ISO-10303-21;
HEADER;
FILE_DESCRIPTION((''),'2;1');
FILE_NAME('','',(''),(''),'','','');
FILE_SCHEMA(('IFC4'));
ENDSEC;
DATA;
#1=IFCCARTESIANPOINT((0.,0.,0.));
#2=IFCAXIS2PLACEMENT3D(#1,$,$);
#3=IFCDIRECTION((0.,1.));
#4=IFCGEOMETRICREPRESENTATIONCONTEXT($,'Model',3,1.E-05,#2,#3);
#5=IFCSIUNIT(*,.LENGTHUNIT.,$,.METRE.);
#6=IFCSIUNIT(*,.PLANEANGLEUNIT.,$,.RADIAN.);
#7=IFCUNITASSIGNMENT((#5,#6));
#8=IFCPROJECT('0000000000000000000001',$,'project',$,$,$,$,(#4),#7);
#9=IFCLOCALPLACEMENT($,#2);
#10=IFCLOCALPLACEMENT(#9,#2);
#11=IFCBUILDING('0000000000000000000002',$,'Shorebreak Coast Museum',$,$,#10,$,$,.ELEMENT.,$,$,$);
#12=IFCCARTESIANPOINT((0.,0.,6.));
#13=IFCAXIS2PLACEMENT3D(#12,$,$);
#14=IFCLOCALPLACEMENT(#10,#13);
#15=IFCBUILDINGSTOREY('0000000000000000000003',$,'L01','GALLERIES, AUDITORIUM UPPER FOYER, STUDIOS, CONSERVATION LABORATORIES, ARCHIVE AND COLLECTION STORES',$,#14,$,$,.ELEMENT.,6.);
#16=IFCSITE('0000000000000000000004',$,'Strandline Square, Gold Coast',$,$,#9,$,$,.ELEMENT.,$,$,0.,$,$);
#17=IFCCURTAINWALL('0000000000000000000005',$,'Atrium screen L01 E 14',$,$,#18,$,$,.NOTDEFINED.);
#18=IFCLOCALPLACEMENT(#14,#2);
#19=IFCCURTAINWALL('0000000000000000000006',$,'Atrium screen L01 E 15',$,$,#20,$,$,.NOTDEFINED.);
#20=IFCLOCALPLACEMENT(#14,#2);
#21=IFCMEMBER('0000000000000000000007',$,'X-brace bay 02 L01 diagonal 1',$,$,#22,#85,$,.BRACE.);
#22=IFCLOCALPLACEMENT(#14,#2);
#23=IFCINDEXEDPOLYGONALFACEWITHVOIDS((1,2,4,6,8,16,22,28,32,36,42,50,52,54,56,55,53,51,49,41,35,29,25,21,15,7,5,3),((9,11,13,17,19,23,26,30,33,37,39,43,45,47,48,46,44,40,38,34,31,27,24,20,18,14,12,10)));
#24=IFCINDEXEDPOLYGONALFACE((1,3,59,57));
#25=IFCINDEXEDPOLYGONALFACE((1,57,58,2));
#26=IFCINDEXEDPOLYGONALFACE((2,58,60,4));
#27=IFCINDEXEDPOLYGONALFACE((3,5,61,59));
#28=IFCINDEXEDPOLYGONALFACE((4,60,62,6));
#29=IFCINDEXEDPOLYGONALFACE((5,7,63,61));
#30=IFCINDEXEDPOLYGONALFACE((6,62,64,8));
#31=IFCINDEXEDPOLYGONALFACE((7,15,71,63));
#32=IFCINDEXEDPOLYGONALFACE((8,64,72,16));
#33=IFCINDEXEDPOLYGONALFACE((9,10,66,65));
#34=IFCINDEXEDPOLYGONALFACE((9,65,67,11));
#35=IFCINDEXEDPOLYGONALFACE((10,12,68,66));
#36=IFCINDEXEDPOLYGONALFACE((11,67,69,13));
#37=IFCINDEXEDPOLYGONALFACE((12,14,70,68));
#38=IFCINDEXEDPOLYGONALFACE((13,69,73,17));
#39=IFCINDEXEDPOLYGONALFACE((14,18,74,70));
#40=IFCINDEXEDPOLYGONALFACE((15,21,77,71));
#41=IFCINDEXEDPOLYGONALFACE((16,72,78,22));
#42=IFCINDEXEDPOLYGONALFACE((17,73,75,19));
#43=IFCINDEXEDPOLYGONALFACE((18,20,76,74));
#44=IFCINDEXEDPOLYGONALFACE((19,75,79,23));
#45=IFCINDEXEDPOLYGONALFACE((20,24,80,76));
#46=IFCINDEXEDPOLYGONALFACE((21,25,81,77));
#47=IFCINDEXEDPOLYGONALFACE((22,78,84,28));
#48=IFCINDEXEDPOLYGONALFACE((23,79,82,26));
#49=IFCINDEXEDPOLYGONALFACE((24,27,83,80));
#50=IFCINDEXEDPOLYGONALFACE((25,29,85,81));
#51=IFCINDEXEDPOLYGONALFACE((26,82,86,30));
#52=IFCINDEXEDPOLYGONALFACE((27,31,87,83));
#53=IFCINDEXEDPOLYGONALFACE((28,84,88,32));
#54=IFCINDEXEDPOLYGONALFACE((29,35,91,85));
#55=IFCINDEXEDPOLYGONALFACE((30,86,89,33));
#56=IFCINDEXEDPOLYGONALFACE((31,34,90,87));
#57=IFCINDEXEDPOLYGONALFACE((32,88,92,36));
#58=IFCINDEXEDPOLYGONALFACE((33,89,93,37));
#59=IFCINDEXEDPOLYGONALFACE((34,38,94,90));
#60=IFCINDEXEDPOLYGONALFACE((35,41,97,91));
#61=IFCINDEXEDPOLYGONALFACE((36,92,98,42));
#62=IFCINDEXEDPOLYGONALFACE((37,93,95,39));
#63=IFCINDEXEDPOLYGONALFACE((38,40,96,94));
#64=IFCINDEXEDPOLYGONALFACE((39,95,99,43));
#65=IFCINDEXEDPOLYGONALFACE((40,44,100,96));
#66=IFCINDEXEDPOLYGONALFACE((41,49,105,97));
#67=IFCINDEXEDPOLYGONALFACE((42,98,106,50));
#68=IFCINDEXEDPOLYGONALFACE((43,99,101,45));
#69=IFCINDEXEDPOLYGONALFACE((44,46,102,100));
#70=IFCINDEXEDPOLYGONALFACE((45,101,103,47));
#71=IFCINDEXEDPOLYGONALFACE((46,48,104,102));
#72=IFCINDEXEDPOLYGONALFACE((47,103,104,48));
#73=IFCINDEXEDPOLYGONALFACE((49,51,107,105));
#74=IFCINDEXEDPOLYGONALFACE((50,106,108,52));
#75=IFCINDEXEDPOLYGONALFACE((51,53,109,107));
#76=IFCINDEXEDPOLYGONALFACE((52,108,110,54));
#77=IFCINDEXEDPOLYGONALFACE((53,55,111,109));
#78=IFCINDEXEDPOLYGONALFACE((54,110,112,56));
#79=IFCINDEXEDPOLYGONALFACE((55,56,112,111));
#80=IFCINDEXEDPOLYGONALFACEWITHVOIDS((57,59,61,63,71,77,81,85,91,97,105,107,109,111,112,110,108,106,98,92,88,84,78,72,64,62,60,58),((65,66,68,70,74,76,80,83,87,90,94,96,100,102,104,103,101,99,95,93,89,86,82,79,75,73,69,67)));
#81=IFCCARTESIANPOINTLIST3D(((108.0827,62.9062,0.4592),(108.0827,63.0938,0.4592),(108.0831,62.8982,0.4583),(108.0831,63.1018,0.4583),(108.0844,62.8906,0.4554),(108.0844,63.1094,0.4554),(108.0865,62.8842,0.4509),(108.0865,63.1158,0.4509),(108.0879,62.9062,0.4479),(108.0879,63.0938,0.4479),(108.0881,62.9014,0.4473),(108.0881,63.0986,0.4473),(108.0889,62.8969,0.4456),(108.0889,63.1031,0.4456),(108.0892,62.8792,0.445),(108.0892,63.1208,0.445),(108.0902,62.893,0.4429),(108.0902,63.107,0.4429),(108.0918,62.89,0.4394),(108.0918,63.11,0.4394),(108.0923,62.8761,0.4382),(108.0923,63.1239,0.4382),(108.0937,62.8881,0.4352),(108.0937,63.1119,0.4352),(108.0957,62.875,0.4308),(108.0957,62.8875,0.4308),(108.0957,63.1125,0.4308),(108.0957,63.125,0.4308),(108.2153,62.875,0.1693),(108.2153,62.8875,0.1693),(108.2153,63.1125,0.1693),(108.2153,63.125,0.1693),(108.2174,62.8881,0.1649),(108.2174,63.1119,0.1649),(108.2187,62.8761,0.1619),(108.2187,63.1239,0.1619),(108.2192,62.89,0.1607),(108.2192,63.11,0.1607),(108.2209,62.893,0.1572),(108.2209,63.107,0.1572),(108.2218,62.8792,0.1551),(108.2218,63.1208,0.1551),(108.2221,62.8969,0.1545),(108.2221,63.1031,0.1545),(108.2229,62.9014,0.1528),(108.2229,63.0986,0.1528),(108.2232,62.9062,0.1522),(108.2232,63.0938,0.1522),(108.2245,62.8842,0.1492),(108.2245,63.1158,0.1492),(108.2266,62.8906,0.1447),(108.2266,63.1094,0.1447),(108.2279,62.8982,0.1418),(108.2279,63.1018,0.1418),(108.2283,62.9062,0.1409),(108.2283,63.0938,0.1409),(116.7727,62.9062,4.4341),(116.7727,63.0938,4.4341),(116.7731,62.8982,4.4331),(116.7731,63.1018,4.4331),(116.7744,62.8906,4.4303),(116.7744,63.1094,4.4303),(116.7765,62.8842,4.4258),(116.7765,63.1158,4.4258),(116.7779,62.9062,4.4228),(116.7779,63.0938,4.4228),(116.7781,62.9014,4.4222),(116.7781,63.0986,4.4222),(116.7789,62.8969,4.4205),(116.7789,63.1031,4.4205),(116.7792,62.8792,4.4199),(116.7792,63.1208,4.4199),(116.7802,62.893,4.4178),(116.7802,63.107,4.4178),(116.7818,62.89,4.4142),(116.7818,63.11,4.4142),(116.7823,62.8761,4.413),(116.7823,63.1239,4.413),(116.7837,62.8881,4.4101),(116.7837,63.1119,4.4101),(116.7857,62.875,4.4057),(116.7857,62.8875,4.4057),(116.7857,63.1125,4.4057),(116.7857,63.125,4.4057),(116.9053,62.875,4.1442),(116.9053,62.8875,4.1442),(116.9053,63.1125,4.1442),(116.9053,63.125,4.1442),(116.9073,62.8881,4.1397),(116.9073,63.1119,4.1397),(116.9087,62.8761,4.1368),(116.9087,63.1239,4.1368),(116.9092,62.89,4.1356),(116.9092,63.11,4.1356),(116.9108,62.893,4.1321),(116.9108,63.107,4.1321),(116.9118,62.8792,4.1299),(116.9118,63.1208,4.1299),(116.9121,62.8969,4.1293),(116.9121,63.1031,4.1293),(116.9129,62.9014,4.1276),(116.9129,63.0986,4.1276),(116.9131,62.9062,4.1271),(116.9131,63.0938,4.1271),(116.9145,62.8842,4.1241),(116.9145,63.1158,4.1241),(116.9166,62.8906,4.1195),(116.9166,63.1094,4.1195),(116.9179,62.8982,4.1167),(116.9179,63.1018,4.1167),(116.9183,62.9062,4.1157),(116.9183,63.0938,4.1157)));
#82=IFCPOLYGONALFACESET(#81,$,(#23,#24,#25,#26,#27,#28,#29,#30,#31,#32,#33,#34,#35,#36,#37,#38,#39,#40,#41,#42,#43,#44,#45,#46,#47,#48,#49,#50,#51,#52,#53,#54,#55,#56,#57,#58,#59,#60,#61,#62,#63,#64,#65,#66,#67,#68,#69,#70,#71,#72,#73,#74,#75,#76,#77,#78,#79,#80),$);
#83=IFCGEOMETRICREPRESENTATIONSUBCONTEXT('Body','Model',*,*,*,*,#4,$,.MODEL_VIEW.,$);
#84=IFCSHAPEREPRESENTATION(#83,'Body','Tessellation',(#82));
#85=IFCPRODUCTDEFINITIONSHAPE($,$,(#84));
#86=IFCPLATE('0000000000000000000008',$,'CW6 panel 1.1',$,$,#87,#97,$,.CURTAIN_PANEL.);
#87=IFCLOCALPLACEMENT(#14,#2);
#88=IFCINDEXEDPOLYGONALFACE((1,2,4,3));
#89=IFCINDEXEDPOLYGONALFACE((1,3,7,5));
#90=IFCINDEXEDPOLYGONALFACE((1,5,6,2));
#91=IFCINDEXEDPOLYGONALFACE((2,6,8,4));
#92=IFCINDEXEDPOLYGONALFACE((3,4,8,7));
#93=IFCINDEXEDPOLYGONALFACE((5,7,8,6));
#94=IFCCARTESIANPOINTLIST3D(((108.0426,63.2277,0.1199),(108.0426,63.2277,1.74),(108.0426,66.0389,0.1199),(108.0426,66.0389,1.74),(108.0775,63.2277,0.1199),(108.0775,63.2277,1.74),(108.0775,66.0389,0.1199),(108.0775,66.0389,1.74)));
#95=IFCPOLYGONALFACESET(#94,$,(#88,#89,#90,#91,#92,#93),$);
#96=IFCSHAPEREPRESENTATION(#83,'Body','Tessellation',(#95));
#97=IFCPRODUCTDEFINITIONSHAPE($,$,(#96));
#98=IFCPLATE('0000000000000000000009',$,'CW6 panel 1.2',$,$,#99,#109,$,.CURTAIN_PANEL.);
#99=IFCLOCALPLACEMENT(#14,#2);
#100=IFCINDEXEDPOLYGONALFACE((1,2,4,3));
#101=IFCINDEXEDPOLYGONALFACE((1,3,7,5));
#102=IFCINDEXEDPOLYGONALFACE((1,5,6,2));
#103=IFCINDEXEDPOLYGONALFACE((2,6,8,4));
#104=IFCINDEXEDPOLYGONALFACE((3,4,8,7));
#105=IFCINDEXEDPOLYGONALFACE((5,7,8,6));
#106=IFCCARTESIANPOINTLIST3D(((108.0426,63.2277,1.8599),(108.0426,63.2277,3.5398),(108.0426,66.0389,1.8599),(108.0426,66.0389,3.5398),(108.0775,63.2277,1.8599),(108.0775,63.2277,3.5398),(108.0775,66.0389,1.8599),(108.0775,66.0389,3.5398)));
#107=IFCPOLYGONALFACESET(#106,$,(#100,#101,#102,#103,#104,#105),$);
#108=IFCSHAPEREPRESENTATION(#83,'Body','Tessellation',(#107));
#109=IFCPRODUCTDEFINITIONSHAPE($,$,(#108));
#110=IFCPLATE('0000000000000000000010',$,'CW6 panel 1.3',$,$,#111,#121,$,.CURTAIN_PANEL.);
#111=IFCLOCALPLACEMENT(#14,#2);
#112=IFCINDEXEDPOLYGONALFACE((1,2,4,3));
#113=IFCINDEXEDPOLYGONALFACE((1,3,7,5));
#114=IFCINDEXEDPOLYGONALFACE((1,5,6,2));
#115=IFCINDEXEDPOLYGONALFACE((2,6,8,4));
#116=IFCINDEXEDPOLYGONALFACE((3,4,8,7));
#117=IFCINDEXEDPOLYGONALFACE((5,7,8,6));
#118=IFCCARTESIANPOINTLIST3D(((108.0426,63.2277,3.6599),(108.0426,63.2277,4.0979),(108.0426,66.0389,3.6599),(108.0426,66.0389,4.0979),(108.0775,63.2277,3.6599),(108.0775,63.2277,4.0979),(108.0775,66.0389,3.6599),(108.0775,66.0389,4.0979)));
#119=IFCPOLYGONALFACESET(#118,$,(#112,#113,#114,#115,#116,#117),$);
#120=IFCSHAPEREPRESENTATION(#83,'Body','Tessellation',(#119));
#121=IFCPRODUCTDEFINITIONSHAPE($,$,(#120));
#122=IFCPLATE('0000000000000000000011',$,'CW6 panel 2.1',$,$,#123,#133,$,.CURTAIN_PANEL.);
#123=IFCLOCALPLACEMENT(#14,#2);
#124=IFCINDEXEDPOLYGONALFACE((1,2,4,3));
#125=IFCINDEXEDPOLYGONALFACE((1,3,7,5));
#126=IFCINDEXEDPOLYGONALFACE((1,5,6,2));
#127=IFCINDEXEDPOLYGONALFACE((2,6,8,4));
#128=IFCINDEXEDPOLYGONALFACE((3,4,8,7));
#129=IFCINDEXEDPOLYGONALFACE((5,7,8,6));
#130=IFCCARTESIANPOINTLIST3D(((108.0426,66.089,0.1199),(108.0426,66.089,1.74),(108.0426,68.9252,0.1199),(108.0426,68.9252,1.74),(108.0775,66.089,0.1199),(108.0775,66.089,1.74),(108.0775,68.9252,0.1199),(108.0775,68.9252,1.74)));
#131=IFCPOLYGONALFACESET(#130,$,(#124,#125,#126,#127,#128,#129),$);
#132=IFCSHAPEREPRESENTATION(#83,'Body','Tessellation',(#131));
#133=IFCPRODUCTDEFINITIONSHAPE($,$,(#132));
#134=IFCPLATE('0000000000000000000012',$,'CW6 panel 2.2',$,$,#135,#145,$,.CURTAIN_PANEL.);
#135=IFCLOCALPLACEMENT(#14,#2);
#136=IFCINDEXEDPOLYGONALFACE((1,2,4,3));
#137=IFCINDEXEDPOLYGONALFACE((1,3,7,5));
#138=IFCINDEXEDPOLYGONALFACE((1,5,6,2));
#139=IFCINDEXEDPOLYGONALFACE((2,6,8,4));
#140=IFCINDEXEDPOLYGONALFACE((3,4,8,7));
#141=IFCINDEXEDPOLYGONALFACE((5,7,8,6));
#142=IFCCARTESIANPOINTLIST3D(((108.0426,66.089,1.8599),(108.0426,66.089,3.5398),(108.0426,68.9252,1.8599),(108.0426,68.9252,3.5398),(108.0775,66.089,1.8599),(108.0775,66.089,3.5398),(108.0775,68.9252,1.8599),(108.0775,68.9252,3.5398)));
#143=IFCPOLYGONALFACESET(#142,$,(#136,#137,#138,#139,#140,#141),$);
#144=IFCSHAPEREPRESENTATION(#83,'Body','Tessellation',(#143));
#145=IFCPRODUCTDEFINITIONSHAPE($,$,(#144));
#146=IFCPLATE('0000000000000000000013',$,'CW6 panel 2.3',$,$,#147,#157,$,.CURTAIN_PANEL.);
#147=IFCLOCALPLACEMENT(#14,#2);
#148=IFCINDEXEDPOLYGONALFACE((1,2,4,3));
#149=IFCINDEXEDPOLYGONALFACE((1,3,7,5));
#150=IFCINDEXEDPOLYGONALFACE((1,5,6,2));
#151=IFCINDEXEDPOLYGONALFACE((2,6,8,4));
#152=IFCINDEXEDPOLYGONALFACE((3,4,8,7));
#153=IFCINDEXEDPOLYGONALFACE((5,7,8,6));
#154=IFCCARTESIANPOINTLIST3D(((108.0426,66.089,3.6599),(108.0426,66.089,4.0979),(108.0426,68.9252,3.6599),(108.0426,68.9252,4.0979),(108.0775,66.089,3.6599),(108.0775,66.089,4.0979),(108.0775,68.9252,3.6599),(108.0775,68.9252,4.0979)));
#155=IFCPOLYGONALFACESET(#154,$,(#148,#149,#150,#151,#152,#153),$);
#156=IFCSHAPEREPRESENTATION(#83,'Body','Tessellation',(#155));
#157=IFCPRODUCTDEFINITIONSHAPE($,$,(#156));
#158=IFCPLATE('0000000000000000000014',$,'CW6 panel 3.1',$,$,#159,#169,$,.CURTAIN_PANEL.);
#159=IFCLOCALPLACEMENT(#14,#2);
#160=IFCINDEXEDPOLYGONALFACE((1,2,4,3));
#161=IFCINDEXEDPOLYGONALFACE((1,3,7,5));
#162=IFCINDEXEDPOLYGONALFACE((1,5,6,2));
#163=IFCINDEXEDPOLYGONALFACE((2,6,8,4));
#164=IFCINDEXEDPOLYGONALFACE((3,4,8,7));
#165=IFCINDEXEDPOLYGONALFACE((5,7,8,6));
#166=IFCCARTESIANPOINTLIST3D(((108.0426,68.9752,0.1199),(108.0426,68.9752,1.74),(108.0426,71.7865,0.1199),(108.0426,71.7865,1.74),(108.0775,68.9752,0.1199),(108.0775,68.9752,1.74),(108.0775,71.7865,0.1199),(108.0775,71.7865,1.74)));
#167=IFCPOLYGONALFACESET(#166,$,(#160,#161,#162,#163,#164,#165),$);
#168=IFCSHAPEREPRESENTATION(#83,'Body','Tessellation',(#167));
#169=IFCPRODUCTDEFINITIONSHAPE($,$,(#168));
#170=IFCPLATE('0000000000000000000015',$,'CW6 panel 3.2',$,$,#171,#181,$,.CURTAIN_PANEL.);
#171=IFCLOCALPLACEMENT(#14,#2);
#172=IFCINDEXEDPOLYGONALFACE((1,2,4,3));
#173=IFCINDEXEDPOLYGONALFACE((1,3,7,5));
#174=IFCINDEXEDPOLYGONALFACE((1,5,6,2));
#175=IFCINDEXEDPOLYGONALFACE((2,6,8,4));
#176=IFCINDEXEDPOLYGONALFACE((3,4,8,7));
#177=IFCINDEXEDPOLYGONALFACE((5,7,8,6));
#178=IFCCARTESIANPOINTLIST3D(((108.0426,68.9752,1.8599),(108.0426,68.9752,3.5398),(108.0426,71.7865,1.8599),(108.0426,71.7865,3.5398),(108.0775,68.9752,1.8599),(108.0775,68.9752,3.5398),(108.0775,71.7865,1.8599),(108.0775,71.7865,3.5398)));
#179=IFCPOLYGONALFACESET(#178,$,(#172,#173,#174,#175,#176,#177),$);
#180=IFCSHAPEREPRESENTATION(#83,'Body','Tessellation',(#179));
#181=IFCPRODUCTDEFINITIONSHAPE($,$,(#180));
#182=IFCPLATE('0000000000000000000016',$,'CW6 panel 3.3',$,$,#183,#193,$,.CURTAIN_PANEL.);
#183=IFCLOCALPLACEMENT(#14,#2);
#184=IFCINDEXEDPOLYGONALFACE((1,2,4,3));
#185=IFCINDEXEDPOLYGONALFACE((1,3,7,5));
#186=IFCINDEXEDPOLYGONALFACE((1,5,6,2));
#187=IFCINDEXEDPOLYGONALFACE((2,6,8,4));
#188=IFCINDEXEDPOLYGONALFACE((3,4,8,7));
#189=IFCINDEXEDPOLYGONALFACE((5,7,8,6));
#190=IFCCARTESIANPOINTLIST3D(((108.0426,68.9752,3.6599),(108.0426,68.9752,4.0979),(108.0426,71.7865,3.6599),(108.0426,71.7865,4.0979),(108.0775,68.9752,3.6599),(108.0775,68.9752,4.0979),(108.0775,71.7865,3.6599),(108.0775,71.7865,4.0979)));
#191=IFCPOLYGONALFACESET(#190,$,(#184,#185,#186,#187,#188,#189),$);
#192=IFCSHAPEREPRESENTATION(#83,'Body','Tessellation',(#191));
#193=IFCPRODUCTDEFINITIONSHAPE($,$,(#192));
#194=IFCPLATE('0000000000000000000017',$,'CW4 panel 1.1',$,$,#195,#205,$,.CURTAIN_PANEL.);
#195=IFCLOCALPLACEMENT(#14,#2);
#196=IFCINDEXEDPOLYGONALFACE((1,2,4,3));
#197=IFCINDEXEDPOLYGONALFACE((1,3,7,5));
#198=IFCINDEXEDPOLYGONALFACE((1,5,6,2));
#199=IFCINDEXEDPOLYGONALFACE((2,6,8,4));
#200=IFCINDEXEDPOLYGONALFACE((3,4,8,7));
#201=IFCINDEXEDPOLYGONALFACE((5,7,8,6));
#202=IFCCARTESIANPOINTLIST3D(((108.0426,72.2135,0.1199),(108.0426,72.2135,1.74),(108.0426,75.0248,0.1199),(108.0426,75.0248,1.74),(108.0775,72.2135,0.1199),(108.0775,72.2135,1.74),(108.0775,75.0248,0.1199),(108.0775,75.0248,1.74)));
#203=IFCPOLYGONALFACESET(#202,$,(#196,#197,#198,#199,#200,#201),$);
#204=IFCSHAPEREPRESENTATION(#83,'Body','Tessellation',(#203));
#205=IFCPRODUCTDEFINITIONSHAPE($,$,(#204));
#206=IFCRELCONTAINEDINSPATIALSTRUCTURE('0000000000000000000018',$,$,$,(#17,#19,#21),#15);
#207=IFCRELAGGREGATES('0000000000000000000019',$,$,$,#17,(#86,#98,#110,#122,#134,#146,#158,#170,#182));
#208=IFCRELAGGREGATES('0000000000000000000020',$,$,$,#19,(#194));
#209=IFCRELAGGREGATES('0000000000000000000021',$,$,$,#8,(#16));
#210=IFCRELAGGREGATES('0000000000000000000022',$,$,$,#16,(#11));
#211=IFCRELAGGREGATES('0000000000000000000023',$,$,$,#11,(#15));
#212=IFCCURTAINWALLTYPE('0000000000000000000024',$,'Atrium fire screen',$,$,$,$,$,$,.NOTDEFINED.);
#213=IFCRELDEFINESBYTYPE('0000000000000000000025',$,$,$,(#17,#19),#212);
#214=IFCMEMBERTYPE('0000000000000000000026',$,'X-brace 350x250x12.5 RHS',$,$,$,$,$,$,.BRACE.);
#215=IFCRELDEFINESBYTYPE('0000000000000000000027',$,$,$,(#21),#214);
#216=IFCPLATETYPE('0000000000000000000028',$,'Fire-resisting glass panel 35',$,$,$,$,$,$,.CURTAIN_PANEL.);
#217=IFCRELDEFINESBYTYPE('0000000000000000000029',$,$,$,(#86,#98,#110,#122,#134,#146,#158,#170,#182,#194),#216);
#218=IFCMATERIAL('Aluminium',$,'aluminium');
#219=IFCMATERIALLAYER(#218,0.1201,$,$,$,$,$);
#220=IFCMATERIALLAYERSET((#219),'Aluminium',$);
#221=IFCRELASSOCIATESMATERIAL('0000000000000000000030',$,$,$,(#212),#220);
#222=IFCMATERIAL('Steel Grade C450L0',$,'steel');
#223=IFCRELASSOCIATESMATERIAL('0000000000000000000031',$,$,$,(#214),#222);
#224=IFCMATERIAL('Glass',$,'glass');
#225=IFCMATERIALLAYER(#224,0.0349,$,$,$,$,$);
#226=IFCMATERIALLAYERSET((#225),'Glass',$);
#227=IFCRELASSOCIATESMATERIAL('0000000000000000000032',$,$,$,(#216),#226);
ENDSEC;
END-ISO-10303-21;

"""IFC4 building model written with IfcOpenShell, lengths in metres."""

from ifc_helpers import new_model, si_unit, direction, frame, origin, origin_2d, place, context, subcontext, project, spatial, rectangle, hollow_rectangle, extrude, material, layer, layer_set, material_profile, profile_set, type_object, element, aggregate, save


model = new_model("IFC4")

# Units and contexts
model_context = context("Model", 3, precision=1e-05, world=origin(), true_north=direction((0.0, 1.0)))
body_context = subcontext(model_context, "Body", "Model", "MODEL_VIEW")
ifc_project = project(units=[si_unit("LENGTHUNIT", "METRE"), si_unit("PLANEANGLEUNIT", "RADIAN")], contexts=[model_context])

# Site, building, storey
site_placement = place(None, origin())
site = spatial("IfcSite", under=ifc_project, at=site_placement, Name="Strandline Square, Gold Coast", CompositionType="ELEMENT", RefElevation=0.0)
building_placement = place(site_placement, origin())
building = spatial("IfcBuilding", under=site, at=building_placement, Name="Shorebreak Coast Museum", CompositionType="ELEMENT")
storey_placement = place(building_placement, frame((0.0, 0.0, 6.0)))
storey = spatial("IfcBuildingStorey", under=building, at=storey_placement, Name="L01", Description="GALLERIES, AUDITORIUM UPPER FOYER, STUDIOS, CONSERVATION LABORATORIES, ARCHIVE AND COLLECTION STORES", CompositionType="ELEMENT", Elevation=6.0)

# Curtain wall
ifc_material_1 = material(Name="Aluminium", Category="aluminium")
ifc_layer_1 = layer(ifc_material_1, 0.1201)
ifc_layer_set_1 = layer_set([ifc_layer_1], Name="Aluminium")
curtain_wall_type = type_object("IfcCurtainWallType", Name="Atrium fire screen", PredefinedType="NOTDEFINED", material=ifc_layer_set_1)
curtain_wall_1_placement = place(storey_placement, origin())
curtain_wall_1 = element("IfcCurtainWall", 1, at=curtain_wall_1_placement, inside=storey, type_object=curtain_wall_type, Name="Atrium screen L01 E 14", PredefinedType="NOTDEFINED")

# Curtain wall
curtain_wall_2_placement = place(storey_placement, origin())
curtain_wall_2 = element("IfcCurtainWall", 2, at=curtain_wall_2_placement, inside=storey, type_object=curtain_wall_type, Name="Atrium screen L01 E 15", PredefinedType="NOTDEFINED")

# Member
ifc_material_2 = material(Name="Steel Grade C450L0", Category="steel")
ifc_material_profile_1 = material_profile(ifc_material_2, hollow_rectangle(XDim=0.25, YDim=0.3501, WallThickness=0.0125, InnerFilletRadius=0.0188, OuterFilletRadius=0.0312, at=origin_2d()), Name="350x250x12.5 RHS")
ifc_profile_set_1 = profile_set([ifc_material_profile_1], Name="Steel Grade C450L0")
member_type_1 = type_object("IfcMemberType", Name="X-brace 350x250x12.5 RHS", PredefinedType="BRACE", material=ifc_profile_set_1)
member_1_placement = place(storey_placement, frame((108.1555, 63.0, 0.3), z_axis=(0.909383, 0.0, 0.41596), x_axis=(0.0, 1.0, 0.0)))
element("IfcMember", 3, at=member_1_placement, inside=storey, type_object=member_type_1, Name="X-brace bay 02 L01 diagonal 1", PredefinedType="BRACE", context=body_context, shape_type="SweptSolid", body=[
    extrude(hollow_rectangle(XDim=0.25, YDim=0.3501, WallThickness=0.0125, InnerFilletRadius=0.0188, OuterFilletRadius=0.0312, at=origin_2d()), origin(), (0.0, 0.0, 1.0), 9.5559),
])

# Plates
ifc_material_3 = material(Name="Glass", Category="glass")
ifc_layer_2 = layer(ifc_material_3, 0.0349)
ifc_layer_set_2 = layer_set([ifc_layer_2], Name="Glass")
plate_type = type_object("IfcPlateType", Name="Fire-resisting glass panel 35", PredefinedType="CURTAIN_PANEL", material=ifc_layer_set_2)
plate_1_placement = place(storey_placement, frame((108.0601, 64.6333, 0.1199), z_axis=(0.0, 0.0, 1.0), x_axis=(0.0, 1.0, 0.0)))
plate_1 = element("IfcPlate", 4, at=plate_1_placement, type_object=plate_type, Name="CW6 panel 1.1", PredefinedType="CURTAIN_PANEL", context=body_context, shape_type="SweptSolid", body=[
    extrude(rectangle(XDim=2.8113, YDim=0.0349, at=origin_2d()), origin(), (0.0, 0.0, 1.0), 1.6201),
])
plate_2_placement = place(storey_placement, frame((108.0601, 64.6333, 1.8599), z_axis=(0.0, 0.0, 1.0), x_axis=(0.0, 1.0, 0.0)))
plate_2 = element("IfcPlate", 5, at=plate_2_placement, type_object=plate_type, Name="CW6 panel 1.2", PredefinedType="CURTAIN_PANEL", context=body_context, shape_type="SweptSolid", body=[
    extrude(rectangle(XDim=2.8113, YDim=0.0349, at=origin_2d()), origin(), (0.0, 0.0, 1.0), 1.6799),
])
plate_3_placement = place(storey_placement, frame((108.0601, 64.6333, 3.6599), z_axis=(0.0, 0.0, 1.0), x_axis=(0.0, 1.0, 0.0)))
plate_3 = element("IfcPlate", 6, at=plate_3_placement, type_object=plate_type, Name="CW6 panel 1.3", PredefinedType="CURTAIN_PANEL", context=body_context, shape_type="SweptSolid", body=[
    extrude(rectangle(XDim=2.8113, YDim=0.0349, at=origin_2d()), origin(), (0.0, 0.0, 1.0), 0.438),
])
plate_4_placement = place(storey_placement, frame((108.0601, 67.5071, 0.1199), z_axis=(0.0, 0.0, 1.0), x_axis=(0.0, 1.0, 0.0)))
plate_4 = element("IfcPlate", 7, at=plate_4_placement, type_object=plate_type, Name="CW6 panel 2.1", PredefinedType="CURTAIN_PANEL", context=body_context, shape_type="SweptSolid", body=[
    extrude(rectangle(XDim=2.8362, YDim=0.0349, at=origin_2d()), origin(), (0.0, 0.0, 1.0), 1.6201),
])
plate_5_placement = place(storey_placement, frame((108.0601, 67.5071, 1.8599), z_axis=(0.0, 0.0, 1.0), x_axis=(0.0, 1.0, 0.0)))
plate_5 = element("IfcPlate", 8, at=plate_5_placement, type_object=plate_type, Name="CW6 panel 2.2", PredefinedType="CURTAIN_PANEL", context=body_context, shape_type="SweptSolid", body=[
    extrude(rectangle(XDim=2.8362, YDim=0.0349, at=origin_2d()), origin(), (0.0, 0.0, 1.0), 1.6799),
])
plate_6_placement = place(storey_placement, frame((108.0601, 67.5071, 3.6599), z_axis=(0.0, 0.0, 1.0), x_axis=(0.0, 1.0, 0.0)))
plate_6 = element("IfcPlate", 9, at=plate_6_placement, type_object=plate_type, Name="CW6 panel 2.3", PredefinedType="CURTAIN_PANEL", context=body_context, shape_type="SweptSolid", body=[
    extrude(rectangle(XDim=2.8362, YDim=0.0349, at=origin_2d()), origin(), (0.0, 0.0, 1.0), 0.438),
])
plate_7_placement = place(storey_placement, frame((108.0601, 70.3809, 0.1199), z_axis=(0.0, 0.0, 1.0), x_axis=(0.0, 1.0, 0.0)))
plate_7 = element("IfcPlate", 10, at=plate_7_placement, type_object=plate_type, Name="CW6 panel 3.1", PredefinedType="CURTAIN_PANEL", context=body_context, shape_type="SweptSolid", body=[
    extrude(rectangle(XDim=2.8113, YDim=0.0349, at=origin_2d()), origin(), (0.0, 0.0, 1.0), 1.6201),
])
plate_8_placement = place(storey_placement, frame((108.0601, 70.3809, 1.8599), z_axis=(0.0, 0.0, 1.0), x_axis=(0.0, 1.0, 0.0)))
plate_8 = element("IfcPlate", 11, at=plate_8_placement, type_object=plate_type, Name="CW6 panel 3.2", PredefinedType="CURTAIN_PANEL", context=body_context, shape_type="SweptSolid", body=[
    extrude(rectangle(XDim=2.8113, YDim=0.0349, at=origin_2d()), origin(), (0.0, 0.0, 1.0), 1.6799),
])
plate_9_placement = place(storey_placement, frame((108.0601, 70.3809, 3.6599), z_axis=(0.0, 0.0, 1.0), x_axis=(0.0, 1.0, 0.0)))
plate_9 = element("IfcPlate", 12, at=plate_9_placement, type_object=plate_type, Name="CW6 panel 3.3", PredefinedType="CURTAIN_PANEL", context=body_context, shape_type="SweptSolid", body=[
    extrude(rectangle(XDim=2.8113, YDim=0.0349, at=origin_2d()), origin(), (0.0, 0.0, 1.0), 0.438),
])
aggregate(curtain_wall_1, [plate_1, plate_2, plate_3, plate_4, plate_5, plate_6, plate_7, plate_8, plate_9])
plate_10_placement = place(storey_placement, frame((108.0601, 73.6191, 0.1199), z_axis=(0.0, 0.0, 1.0), x_axis=(0.0, 1.0, 0.0)))
plate_10 = element("IfcPlate", 13, at=plate_10_placement, type_object=plate_type, Name="CW4 panel 1.1", PredefinedType="CURTAIN_PANEL", context=body_context, shape_type="SweptSolid", body=[
    extrude(rectangle(XDim=2.8113, YDim=0.0349, at=origin_2d()), origin(), (0.0, 0.0, 1.0), 1.6201),
])
aggregate(curtain_wall_2, [plate_10])

save(model, "model.ifc")
